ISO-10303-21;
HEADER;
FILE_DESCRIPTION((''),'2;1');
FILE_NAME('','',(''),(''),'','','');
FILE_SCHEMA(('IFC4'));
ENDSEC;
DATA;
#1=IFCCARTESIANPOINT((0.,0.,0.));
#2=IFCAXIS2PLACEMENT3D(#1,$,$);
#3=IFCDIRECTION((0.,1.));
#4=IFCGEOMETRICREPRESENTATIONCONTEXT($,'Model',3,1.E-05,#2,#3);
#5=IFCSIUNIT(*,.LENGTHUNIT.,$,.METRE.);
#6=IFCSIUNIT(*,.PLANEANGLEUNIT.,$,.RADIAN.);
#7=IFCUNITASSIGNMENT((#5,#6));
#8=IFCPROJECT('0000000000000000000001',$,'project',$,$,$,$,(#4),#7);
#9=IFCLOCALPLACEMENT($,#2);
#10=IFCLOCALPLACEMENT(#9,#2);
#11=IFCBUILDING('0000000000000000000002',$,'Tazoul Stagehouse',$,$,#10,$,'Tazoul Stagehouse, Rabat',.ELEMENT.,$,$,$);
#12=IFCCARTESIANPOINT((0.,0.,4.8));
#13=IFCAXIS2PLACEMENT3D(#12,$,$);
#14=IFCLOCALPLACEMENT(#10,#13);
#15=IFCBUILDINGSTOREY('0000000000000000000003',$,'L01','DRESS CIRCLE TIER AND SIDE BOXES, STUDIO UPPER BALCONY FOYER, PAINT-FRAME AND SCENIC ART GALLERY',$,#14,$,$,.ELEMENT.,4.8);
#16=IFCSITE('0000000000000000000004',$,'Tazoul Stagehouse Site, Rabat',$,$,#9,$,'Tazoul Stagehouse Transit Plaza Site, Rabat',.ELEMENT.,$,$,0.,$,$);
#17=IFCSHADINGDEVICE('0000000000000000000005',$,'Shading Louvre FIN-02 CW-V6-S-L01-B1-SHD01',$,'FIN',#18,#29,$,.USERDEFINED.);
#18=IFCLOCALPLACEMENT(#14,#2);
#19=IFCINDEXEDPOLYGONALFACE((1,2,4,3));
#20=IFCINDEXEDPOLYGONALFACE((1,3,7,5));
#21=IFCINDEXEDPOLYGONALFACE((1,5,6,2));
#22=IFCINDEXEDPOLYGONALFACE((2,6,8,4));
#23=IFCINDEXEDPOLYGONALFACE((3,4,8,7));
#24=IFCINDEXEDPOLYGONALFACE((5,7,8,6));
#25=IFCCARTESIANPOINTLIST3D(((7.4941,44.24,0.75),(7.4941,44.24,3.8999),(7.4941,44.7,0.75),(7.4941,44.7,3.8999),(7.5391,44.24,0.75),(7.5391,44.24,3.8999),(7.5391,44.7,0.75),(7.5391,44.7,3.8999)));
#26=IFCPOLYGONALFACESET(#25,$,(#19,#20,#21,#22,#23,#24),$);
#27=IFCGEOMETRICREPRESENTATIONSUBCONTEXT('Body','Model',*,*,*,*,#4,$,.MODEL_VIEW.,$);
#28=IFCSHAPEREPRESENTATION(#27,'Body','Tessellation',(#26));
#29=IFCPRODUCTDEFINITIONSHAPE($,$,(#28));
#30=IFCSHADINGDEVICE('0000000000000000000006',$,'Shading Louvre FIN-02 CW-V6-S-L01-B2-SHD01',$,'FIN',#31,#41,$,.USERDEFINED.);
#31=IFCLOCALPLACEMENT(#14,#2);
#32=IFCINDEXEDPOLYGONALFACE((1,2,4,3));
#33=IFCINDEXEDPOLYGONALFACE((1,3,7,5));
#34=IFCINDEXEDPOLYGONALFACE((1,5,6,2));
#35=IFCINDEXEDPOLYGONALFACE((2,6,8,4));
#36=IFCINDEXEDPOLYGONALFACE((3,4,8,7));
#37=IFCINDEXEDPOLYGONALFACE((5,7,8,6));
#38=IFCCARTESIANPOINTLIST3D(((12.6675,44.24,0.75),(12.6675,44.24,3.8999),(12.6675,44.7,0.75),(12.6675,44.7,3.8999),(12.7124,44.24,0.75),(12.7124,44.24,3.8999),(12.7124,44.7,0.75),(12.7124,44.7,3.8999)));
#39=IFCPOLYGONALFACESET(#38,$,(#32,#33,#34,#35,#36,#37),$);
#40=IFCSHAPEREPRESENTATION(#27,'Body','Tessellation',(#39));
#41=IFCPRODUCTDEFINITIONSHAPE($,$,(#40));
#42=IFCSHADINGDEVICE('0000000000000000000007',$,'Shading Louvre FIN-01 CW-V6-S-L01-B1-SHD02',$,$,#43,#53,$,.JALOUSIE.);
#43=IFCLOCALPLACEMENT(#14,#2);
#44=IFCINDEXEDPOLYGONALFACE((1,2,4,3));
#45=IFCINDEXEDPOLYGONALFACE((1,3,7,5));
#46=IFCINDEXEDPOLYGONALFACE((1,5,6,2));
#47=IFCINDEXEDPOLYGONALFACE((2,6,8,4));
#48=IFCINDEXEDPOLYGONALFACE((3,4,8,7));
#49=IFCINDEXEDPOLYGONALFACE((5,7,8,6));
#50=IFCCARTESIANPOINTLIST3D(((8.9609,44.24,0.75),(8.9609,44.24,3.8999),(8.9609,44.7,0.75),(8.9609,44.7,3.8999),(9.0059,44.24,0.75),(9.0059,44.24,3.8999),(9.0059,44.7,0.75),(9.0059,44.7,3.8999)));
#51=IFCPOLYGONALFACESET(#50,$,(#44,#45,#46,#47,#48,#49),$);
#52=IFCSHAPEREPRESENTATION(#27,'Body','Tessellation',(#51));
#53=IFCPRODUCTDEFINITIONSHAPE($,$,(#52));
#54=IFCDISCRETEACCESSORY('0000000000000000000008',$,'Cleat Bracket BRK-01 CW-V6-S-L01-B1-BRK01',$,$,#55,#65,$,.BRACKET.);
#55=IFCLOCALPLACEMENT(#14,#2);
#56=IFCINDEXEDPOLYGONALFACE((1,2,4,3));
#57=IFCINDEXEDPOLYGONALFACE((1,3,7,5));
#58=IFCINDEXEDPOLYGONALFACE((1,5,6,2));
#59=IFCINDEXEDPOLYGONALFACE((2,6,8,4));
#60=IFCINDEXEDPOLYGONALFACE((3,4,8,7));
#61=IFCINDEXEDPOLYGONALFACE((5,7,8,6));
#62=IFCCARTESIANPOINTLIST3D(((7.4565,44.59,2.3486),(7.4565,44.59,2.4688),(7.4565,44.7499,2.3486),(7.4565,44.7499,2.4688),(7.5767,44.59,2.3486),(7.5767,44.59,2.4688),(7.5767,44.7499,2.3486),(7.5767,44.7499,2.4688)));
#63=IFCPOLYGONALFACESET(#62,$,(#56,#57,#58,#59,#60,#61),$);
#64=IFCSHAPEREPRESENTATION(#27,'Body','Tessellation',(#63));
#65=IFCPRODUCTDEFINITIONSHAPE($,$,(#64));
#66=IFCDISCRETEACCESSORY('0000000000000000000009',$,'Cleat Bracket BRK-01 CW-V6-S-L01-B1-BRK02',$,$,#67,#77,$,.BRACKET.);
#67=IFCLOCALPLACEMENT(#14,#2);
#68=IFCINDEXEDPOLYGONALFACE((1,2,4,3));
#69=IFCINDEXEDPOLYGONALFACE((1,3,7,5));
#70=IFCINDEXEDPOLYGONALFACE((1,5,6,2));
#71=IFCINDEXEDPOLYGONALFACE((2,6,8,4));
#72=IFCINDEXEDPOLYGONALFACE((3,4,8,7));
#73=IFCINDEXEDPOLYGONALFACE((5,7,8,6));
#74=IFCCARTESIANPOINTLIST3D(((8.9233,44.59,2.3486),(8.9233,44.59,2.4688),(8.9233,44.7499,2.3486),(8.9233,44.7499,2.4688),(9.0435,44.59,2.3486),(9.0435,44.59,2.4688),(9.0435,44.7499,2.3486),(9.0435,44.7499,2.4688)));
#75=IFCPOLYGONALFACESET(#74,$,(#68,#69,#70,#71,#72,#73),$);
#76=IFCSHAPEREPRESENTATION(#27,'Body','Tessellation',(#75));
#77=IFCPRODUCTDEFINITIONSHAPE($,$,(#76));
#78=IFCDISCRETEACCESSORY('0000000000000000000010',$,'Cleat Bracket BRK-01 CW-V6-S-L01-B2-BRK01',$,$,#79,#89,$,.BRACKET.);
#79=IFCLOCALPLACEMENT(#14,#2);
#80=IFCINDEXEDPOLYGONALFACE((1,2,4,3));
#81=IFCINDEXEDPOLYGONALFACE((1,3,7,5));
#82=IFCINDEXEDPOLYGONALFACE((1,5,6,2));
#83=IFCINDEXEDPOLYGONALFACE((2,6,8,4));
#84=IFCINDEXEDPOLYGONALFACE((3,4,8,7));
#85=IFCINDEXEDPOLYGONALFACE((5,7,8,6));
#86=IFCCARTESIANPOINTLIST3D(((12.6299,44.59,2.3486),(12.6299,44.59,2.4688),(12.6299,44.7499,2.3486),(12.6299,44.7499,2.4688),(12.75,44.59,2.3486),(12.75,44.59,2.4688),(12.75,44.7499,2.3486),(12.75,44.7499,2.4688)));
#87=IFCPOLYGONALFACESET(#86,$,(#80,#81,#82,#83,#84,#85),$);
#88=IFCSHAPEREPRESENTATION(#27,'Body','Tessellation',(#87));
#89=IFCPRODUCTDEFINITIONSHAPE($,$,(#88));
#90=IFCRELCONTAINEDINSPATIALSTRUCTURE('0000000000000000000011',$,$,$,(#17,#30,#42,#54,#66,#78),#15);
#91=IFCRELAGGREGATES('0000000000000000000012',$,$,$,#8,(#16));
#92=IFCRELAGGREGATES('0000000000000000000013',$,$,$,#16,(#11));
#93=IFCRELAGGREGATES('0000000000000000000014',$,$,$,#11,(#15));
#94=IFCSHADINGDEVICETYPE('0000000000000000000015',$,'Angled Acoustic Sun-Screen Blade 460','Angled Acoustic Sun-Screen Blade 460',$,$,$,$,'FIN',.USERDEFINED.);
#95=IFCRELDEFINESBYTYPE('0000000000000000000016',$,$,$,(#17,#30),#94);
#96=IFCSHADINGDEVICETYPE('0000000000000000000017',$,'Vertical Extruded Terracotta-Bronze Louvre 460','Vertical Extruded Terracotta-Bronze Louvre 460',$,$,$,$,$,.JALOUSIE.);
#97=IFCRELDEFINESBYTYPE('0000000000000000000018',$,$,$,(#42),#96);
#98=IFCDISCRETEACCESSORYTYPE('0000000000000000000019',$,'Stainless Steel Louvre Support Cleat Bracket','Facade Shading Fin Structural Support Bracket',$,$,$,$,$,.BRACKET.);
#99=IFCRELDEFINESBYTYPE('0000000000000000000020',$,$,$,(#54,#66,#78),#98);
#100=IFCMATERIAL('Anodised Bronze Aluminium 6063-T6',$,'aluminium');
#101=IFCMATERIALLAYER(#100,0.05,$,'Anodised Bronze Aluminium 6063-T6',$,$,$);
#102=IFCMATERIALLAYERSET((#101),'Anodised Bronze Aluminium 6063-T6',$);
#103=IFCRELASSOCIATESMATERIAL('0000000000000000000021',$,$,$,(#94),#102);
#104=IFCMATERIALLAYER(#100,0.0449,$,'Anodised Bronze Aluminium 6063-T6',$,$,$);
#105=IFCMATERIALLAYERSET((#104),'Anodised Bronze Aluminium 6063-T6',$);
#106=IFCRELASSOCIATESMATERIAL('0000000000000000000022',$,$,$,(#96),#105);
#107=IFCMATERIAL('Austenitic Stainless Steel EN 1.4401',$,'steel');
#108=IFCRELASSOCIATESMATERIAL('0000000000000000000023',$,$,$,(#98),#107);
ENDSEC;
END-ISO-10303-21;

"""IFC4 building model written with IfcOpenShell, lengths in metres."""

from ifc_helpers import new_model, si_unit, direction, frame, origin, origin_2d, place, context, subcontext, project, spatial, rectangle, extrude, material, layer, layer_set, type_object, element, save


model = new_model("IFC4")

# Units and contexts
model_context = context("Model", 3, precision=1e-05, world=origin(), true_north=direction((0.0, 1.0)))
body_context = subcontext(model_context, "Body", "Model", "MODEL_VIEW")
ifc_project = project(units=[si_unit("LENGTHUNIT", "METRE"), si_unit("PLANEANGLEUNIT", "RADIAN")], contexts=[model_context])

# Site, building, storey
site_placement = place(None, origin())
site = spatial("IfcSite", under=ifc_project, at=site_placement, Name="Tazoul Stagehouse Site, Rabat", LongName="Tazoul Stagehouse Transit Plaza Site, Rabat", CompositionType="ELEMENT", RefElevation=0.0)
building_placement = place(site_placement, origin())
building = spatial("IfcBuilding", under=site, at=building_placement, Name="Tazoul Stagehouse", LongName="Tazoul Stagehouse, Rabat", CompositionType="ELEMENT")
storey_placement = place(building_placement, frame((0.0, 0.0, 4.8)))
storey = spatial("IfcBuildingStorey", under=building, at=storey_placement, Name="L01", Description="DRESS CIRCLE TIER AND SIDE BOXES, STUDIO UPPER BALCONY FOYER, PAINT-FRAME AND SCENIC ART GALLERY", CompositionType="ELEMENT", Elevation=4.8)

# Shared definitions
ifc_material_1 = material(Name="Anodised Bronze Aluminium 6063-T6", Category="aluminium")

# Shading devices
ifc_layer_1 = layer(ifc_material_1, 0.05, Name="Anodised Bronze Aluminium 6063-T6")
ifc_layer_set_1 = layer_set([ifc_layer_1], Name="Anodised Bronze Aluminium 6063-T6")
shading_device_type_1 = type_object("IfcShadingDeviceType", Name="Angled Acoustic Sun-Screen Blade 460", Description="Angled Acoustic Sun-Screen Blade 460", ElementType="FIN", PredefinedType="USERDEFINED", material=ifc_layer_set_1)
for number, where, z_axis, x_axis, name in (
    (1, (7.5166, 44.47, 0.75), (0.0, 0.0, 1.0), (1.0, 0.0, 0.0), "Shading Louvre FIN-02 CW-V6-S-L01-B1-SHD01"),
    (2, (12.6899, 44.47, 0.75), (0.0, 0.0, 1.0), (1.0, 0.0, 0.0), "Shading Louvre FIN-02 CW-V6-S-L01-B2-SHD01"),
):
    element("IfcShadingDevice", number, at=place(storey_placement, frame(where, z_axis=z_axis, x_axis=x_axis)), inside=storey, type_object=shading_device_type_1, Name=name, ObjectType="FIN", PredefinedType="USERDEFINED", context=body_context, shape_type="SweptSolid", body=[
        extrude(rectangle(XDim=0.0449, YDim=0.46, at=origin_2d()), origin(), (0.0, 0.0, 1.0), 3.1499),
    ])
ifc_layer_2 = layer(ifc_material_1, 0.0449, Name="Anodised Bronze Aluminium 6063-T6")
ifc_layer_set_2 = layer_set([ifc_layer_2], Name="Anodised Bronze Aluminium 6063-T6")
shading_device_type_2 = type_object("IfcShadingDeviceType", Name="Vertical Extruded Terracotta-Bronze Louvre 460", Description="Vertical Extruded Terracotta-Bronze Louvre 460", PredefinedType="JALOUSIE", material=ifc_layer_set_2)
shading_device_placement = place(storey_placement, frame((8.9834, 44.47, 0.75), z_axis=(0.0, 0.0, 1.0), x_axis=(1.0, 0.0, 0.0)))
element("IfcShadingDevice", 3, at=shading_device_placement, inside=storey, type_object=shading_device_type_2, Name="Shading Louvre FIN-01 CW-V6-S-L01-B1-SHD02", PredefinedType="JALOUSIE", context=body_context, shape_type="SweptSolid", body=[
    extrude(rectangle(XDim=0.0449, YDim=0.46, at=origin_2d()), origin(), (0.0, 0.0, 1.0), 3.1499),
])

# Discrete accessories
ifc_material_2 = material(Name="Austenitic Stainless Steel EN 1.4401", Category="steel")
discrete_accessory_type = type_object("IfcDiscreteAccessoryType", Name="Stainless Steel Louvre Support Cleat Bracket", Description="Facade Shading Fin Structural Support Bracket", PredefinedType="BRACKET", material=ifc_material_2)
for number, where, z_axis, x_axis, name in (
    (4, (7.5166, 44.6699, 2.3486), (0.0, 0.0, 1.0), (1.0, 0.0, 0.0), "Cleat Bracket BRK-01 CW-V6-S-L01-B1-BRK01"),
    (5, (8.9834, 44.6699, 2.3486), (0.0, 0.0, 1.0), (1.0, 0.0, 0.0), "Cleat Bracket BRK-01 CW-V6-S-L01-B1-BRK02"),
    (6, (12.6899, 44.6699, 2.3486), (0.0, 0.0, 1.0), (1.0, 0.0, 0.0), "Cleat Bracket BRK-01 CW-V6-S-L01-B2-BRK01"),
):
    element("IfcDiscreteAccessory", number, at=place(storey_placement, frame(where, z_axis=z_axis, x_axis=x_axis)), inside=storey, type_object=discrete_accessory_type, Name=name, PredefinedType="BRACKET", context=body_context, shape_type="SweptSolid", body=[
        extrude(rectangle(XDim=0.1201, YDim=0.1599, at=origin_2d()), origin(), (0.0, 0.0, 1.0), 0.1201),
    ])

save(model, "model.ifc")
